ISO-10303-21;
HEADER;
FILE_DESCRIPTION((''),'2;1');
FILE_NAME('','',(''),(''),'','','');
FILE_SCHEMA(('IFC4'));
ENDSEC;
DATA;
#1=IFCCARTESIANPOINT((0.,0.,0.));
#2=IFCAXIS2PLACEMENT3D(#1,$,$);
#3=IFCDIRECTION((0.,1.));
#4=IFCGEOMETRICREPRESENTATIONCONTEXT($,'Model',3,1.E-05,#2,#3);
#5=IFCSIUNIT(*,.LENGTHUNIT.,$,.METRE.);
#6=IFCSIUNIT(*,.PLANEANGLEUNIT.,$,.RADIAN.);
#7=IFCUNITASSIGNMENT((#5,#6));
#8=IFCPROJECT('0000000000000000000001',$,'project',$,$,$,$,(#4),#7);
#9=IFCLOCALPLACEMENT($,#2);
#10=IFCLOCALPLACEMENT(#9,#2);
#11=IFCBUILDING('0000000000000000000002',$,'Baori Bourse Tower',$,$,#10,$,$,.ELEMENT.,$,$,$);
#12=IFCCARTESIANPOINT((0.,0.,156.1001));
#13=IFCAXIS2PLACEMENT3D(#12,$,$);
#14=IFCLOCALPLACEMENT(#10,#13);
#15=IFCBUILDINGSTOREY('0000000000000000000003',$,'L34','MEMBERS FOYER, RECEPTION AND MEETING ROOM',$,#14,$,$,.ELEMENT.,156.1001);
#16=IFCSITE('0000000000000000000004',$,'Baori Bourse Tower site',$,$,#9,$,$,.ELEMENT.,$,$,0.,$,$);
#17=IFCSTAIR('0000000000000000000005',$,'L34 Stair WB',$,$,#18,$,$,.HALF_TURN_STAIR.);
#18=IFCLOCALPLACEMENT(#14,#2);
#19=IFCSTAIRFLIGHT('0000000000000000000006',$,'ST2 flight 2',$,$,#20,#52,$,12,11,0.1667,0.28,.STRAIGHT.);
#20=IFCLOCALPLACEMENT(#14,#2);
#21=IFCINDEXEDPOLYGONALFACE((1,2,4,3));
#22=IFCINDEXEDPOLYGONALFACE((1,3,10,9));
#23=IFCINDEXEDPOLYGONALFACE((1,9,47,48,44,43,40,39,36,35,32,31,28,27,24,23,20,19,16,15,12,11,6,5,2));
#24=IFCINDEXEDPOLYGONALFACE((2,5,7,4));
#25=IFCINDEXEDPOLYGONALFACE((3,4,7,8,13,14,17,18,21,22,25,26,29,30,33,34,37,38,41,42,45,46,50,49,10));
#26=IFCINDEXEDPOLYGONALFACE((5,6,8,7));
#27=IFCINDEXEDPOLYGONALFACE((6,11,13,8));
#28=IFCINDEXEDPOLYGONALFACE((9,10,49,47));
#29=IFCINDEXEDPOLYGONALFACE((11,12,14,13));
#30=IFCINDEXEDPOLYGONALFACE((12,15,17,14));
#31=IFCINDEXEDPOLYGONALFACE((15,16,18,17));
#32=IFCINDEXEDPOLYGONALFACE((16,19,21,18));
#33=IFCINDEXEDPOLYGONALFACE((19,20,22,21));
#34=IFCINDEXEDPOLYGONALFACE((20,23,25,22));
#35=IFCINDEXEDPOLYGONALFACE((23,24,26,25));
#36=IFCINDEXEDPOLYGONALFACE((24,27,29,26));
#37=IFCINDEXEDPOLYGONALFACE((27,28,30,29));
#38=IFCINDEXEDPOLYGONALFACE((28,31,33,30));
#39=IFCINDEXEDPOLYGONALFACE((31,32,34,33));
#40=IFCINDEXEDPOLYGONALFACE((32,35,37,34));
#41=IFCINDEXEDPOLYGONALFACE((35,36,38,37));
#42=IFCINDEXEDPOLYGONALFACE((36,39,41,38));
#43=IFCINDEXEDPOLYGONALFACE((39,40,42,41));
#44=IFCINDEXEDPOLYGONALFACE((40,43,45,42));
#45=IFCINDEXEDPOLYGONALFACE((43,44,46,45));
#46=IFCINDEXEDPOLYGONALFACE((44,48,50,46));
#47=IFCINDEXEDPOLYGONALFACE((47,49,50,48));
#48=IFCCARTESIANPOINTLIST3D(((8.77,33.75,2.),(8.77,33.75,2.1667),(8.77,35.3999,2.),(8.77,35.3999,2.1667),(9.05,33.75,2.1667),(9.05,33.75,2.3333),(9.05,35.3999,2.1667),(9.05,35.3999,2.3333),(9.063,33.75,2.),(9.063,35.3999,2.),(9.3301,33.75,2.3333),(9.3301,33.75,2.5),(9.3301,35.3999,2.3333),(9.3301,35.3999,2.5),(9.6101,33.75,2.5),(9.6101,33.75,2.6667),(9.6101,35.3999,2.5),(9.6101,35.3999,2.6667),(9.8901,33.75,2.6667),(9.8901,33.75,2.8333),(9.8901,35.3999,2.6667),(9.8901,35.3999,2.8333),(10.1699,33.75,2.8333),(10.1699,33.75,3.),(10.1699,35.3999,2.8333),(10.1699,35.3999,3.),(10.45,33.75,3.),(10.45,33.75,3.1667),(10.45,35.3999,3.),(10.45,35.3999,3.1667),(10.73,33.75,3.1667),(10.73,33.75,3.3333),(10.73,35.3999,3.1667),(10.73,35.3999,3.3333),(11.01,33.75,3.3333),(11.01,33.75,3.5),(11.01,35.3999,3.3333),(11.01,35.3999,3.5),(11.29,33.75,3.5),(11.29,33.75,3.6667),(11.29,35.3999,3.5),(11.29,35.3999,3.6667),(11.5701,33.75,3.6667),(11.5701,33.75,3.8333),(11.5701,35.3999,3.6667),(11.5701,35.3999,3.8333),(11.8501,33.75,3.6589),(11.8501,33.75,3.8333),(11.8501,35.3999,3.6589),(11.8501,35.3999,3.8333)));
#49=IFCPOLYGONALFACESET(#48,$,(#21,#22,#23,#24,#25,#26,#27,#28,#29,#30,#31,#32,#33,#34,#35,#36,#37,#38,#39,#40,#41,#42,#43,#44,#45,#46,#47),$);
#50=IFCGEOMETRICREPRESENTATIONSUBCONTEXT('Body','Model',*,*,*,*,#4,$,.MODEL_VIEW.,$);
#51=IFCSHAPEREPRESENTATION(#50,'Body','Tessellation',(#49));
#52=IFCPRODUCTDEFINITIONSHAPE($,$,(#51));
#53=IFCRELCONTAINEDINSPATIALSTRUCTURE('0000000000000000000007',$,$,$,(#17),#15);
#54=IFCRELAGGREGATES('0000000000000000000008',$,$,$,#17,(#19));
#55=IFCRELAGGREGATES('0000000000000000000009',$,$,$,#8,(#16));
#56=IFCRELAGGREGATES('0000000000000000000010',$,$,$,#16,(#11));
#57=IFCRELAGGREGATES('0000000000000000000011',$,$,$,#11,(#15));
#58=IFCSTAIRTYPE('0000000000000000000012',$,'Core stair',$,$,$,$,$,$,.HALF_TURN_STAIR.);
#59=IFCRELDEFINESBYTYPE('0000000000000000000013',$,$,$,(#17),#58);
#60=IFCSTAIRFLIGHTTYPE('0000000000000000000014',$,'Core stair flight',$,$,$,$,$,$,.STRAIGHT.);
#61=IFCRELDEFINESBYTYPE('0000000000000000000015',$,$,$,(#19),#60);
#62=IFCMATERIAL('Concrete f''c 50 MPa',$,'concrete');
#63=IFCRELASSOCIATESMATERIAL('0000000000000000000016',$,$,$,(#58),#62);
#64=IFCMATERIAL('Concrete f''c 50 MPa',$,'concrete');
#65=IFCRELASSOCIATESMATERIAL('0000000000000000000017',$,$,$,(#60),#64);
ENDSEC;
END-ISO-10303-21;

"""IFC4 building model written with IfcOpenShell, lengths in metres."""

from ifc_helpers import new_model, si_unit, direction, frame, origin, place, context, subcontext, project, spatial, polyline, outline, extrude, material, type_object, element, aggregate, save


model = new_model("IFC4")

# Units and contexts
model_context = context("Model", 3, precision=1e-05, world=origin(), true_north=direction((0.0, 1.0)))
body_context = subcontext(model_context, "Body", "Model", "MODEL_VIEW")
ifc_project = project(units=[si_unit("LENGTHUNIT", "METRE"), si_unit("PLANEANGLEUNIT", "RADIAN")], contexts=[model_context])

# Site, building, storey
site_placement = place(None, origin())
site = spatial("IfcSite", under=ifc_project, at=site_placement, Name="Baori Bourse Tower site", CompositionType="ELEMENT", RefElevation=0.0)
building_placement = place(site_placement, origin())
building = spatial("IfcBuilding", under=site, at=building_placement, Name="Baori Bourse Tower", CompositionType="ELEMENT")
storey_placement = place(building_placement, frame((0.0, 0.0, 156.1001)))
storey = spatial("IfcBuildingStorey", under=building, at=storey_placement, Name="L34", Description="MEMBERS FOYER, RECEPTION AND MEETING ROOM", CompositionType="ELEMENT", Elevation=156.1001)

# Stair, stair flight
ifc_material_1 = material(Name="Concrete f'c 50 MPa", Category="concrete")
stair_type = type_object("IfcStairType", Name="Core stair", PredefinedType="HALF_TURN_STAIR", material=ifc_material_1)
stair_placement = place(storey_placement, origin())
stair = element("IfcStair", 1, at=stair_placement, inside=storey, type_object=stair_type, Name="L34 Stair WB", PredefinedType="HALF_TURN_STAIR")
ifc_material_2 = material(Name="Concrete f'c 50 MPa", Category="concrete")
stair_flight_type = type_object("IfcStairFlightType", Name="Core stair flight", PredefinedType="STRAIGHT", material=ifc_material_2)
stair_flight_1_placement = place(storey_placement, frame((8.77, 34.575, 2.0), z_axis=(0.0, 0.0, 1.0), x_axis=(1.0, 0.0, 0.0)))
stair_flight_1 = element("IfcStairFlight", 2, at=stair_flight_1_placement, type_object=stair_flight_type, Name="ST2 flight 2", NumberOfRisers=12, NumberOfTreads=11, PredefinedType="STRAIGHT", RiserHeight=0.1667, TreadLength=0.28, context=body_context, shape_type="SweptSolid", body=[
    extrude(outline(polyline([(0.0, 0.0), (0.0, 0.1667), (0.28, 0.1667), (0.28, 0.3333), (0.5601, 0.3333), (0.5601, 0.5), (0.8401, 0.5), (0.8401, 0.6667), (1.1201, 0.6667), (1.1201, 0.8333), (1.3999, 0.8333), (1.3999, 1.0), (1.6799, 1.0), (1.6799, 1.1667), (1.96, 1.1667), (1.96, 1.3333), (2.24, 1.3333), (2.24, 1.5), (2.52, 1.5), (2.52, 1.6667), (2.8, 1.6667), (2.8, 1.8333), (3.0801, 1.8333), (3.0801, 2.0), (3.0801, 1.6589), (0.293, 0.0), (0.0, 0.0)])), frame((0.0, 0.825, 0.0), z_axis=(0.0, -1.0, 0.0), x_axis=(1.0, 0.0, 0.0)), (0.0, 0.0, 1.0), 1.6499),
])
aggregate(stair, [stair_flight_1])

save(model, "model.ifc")
